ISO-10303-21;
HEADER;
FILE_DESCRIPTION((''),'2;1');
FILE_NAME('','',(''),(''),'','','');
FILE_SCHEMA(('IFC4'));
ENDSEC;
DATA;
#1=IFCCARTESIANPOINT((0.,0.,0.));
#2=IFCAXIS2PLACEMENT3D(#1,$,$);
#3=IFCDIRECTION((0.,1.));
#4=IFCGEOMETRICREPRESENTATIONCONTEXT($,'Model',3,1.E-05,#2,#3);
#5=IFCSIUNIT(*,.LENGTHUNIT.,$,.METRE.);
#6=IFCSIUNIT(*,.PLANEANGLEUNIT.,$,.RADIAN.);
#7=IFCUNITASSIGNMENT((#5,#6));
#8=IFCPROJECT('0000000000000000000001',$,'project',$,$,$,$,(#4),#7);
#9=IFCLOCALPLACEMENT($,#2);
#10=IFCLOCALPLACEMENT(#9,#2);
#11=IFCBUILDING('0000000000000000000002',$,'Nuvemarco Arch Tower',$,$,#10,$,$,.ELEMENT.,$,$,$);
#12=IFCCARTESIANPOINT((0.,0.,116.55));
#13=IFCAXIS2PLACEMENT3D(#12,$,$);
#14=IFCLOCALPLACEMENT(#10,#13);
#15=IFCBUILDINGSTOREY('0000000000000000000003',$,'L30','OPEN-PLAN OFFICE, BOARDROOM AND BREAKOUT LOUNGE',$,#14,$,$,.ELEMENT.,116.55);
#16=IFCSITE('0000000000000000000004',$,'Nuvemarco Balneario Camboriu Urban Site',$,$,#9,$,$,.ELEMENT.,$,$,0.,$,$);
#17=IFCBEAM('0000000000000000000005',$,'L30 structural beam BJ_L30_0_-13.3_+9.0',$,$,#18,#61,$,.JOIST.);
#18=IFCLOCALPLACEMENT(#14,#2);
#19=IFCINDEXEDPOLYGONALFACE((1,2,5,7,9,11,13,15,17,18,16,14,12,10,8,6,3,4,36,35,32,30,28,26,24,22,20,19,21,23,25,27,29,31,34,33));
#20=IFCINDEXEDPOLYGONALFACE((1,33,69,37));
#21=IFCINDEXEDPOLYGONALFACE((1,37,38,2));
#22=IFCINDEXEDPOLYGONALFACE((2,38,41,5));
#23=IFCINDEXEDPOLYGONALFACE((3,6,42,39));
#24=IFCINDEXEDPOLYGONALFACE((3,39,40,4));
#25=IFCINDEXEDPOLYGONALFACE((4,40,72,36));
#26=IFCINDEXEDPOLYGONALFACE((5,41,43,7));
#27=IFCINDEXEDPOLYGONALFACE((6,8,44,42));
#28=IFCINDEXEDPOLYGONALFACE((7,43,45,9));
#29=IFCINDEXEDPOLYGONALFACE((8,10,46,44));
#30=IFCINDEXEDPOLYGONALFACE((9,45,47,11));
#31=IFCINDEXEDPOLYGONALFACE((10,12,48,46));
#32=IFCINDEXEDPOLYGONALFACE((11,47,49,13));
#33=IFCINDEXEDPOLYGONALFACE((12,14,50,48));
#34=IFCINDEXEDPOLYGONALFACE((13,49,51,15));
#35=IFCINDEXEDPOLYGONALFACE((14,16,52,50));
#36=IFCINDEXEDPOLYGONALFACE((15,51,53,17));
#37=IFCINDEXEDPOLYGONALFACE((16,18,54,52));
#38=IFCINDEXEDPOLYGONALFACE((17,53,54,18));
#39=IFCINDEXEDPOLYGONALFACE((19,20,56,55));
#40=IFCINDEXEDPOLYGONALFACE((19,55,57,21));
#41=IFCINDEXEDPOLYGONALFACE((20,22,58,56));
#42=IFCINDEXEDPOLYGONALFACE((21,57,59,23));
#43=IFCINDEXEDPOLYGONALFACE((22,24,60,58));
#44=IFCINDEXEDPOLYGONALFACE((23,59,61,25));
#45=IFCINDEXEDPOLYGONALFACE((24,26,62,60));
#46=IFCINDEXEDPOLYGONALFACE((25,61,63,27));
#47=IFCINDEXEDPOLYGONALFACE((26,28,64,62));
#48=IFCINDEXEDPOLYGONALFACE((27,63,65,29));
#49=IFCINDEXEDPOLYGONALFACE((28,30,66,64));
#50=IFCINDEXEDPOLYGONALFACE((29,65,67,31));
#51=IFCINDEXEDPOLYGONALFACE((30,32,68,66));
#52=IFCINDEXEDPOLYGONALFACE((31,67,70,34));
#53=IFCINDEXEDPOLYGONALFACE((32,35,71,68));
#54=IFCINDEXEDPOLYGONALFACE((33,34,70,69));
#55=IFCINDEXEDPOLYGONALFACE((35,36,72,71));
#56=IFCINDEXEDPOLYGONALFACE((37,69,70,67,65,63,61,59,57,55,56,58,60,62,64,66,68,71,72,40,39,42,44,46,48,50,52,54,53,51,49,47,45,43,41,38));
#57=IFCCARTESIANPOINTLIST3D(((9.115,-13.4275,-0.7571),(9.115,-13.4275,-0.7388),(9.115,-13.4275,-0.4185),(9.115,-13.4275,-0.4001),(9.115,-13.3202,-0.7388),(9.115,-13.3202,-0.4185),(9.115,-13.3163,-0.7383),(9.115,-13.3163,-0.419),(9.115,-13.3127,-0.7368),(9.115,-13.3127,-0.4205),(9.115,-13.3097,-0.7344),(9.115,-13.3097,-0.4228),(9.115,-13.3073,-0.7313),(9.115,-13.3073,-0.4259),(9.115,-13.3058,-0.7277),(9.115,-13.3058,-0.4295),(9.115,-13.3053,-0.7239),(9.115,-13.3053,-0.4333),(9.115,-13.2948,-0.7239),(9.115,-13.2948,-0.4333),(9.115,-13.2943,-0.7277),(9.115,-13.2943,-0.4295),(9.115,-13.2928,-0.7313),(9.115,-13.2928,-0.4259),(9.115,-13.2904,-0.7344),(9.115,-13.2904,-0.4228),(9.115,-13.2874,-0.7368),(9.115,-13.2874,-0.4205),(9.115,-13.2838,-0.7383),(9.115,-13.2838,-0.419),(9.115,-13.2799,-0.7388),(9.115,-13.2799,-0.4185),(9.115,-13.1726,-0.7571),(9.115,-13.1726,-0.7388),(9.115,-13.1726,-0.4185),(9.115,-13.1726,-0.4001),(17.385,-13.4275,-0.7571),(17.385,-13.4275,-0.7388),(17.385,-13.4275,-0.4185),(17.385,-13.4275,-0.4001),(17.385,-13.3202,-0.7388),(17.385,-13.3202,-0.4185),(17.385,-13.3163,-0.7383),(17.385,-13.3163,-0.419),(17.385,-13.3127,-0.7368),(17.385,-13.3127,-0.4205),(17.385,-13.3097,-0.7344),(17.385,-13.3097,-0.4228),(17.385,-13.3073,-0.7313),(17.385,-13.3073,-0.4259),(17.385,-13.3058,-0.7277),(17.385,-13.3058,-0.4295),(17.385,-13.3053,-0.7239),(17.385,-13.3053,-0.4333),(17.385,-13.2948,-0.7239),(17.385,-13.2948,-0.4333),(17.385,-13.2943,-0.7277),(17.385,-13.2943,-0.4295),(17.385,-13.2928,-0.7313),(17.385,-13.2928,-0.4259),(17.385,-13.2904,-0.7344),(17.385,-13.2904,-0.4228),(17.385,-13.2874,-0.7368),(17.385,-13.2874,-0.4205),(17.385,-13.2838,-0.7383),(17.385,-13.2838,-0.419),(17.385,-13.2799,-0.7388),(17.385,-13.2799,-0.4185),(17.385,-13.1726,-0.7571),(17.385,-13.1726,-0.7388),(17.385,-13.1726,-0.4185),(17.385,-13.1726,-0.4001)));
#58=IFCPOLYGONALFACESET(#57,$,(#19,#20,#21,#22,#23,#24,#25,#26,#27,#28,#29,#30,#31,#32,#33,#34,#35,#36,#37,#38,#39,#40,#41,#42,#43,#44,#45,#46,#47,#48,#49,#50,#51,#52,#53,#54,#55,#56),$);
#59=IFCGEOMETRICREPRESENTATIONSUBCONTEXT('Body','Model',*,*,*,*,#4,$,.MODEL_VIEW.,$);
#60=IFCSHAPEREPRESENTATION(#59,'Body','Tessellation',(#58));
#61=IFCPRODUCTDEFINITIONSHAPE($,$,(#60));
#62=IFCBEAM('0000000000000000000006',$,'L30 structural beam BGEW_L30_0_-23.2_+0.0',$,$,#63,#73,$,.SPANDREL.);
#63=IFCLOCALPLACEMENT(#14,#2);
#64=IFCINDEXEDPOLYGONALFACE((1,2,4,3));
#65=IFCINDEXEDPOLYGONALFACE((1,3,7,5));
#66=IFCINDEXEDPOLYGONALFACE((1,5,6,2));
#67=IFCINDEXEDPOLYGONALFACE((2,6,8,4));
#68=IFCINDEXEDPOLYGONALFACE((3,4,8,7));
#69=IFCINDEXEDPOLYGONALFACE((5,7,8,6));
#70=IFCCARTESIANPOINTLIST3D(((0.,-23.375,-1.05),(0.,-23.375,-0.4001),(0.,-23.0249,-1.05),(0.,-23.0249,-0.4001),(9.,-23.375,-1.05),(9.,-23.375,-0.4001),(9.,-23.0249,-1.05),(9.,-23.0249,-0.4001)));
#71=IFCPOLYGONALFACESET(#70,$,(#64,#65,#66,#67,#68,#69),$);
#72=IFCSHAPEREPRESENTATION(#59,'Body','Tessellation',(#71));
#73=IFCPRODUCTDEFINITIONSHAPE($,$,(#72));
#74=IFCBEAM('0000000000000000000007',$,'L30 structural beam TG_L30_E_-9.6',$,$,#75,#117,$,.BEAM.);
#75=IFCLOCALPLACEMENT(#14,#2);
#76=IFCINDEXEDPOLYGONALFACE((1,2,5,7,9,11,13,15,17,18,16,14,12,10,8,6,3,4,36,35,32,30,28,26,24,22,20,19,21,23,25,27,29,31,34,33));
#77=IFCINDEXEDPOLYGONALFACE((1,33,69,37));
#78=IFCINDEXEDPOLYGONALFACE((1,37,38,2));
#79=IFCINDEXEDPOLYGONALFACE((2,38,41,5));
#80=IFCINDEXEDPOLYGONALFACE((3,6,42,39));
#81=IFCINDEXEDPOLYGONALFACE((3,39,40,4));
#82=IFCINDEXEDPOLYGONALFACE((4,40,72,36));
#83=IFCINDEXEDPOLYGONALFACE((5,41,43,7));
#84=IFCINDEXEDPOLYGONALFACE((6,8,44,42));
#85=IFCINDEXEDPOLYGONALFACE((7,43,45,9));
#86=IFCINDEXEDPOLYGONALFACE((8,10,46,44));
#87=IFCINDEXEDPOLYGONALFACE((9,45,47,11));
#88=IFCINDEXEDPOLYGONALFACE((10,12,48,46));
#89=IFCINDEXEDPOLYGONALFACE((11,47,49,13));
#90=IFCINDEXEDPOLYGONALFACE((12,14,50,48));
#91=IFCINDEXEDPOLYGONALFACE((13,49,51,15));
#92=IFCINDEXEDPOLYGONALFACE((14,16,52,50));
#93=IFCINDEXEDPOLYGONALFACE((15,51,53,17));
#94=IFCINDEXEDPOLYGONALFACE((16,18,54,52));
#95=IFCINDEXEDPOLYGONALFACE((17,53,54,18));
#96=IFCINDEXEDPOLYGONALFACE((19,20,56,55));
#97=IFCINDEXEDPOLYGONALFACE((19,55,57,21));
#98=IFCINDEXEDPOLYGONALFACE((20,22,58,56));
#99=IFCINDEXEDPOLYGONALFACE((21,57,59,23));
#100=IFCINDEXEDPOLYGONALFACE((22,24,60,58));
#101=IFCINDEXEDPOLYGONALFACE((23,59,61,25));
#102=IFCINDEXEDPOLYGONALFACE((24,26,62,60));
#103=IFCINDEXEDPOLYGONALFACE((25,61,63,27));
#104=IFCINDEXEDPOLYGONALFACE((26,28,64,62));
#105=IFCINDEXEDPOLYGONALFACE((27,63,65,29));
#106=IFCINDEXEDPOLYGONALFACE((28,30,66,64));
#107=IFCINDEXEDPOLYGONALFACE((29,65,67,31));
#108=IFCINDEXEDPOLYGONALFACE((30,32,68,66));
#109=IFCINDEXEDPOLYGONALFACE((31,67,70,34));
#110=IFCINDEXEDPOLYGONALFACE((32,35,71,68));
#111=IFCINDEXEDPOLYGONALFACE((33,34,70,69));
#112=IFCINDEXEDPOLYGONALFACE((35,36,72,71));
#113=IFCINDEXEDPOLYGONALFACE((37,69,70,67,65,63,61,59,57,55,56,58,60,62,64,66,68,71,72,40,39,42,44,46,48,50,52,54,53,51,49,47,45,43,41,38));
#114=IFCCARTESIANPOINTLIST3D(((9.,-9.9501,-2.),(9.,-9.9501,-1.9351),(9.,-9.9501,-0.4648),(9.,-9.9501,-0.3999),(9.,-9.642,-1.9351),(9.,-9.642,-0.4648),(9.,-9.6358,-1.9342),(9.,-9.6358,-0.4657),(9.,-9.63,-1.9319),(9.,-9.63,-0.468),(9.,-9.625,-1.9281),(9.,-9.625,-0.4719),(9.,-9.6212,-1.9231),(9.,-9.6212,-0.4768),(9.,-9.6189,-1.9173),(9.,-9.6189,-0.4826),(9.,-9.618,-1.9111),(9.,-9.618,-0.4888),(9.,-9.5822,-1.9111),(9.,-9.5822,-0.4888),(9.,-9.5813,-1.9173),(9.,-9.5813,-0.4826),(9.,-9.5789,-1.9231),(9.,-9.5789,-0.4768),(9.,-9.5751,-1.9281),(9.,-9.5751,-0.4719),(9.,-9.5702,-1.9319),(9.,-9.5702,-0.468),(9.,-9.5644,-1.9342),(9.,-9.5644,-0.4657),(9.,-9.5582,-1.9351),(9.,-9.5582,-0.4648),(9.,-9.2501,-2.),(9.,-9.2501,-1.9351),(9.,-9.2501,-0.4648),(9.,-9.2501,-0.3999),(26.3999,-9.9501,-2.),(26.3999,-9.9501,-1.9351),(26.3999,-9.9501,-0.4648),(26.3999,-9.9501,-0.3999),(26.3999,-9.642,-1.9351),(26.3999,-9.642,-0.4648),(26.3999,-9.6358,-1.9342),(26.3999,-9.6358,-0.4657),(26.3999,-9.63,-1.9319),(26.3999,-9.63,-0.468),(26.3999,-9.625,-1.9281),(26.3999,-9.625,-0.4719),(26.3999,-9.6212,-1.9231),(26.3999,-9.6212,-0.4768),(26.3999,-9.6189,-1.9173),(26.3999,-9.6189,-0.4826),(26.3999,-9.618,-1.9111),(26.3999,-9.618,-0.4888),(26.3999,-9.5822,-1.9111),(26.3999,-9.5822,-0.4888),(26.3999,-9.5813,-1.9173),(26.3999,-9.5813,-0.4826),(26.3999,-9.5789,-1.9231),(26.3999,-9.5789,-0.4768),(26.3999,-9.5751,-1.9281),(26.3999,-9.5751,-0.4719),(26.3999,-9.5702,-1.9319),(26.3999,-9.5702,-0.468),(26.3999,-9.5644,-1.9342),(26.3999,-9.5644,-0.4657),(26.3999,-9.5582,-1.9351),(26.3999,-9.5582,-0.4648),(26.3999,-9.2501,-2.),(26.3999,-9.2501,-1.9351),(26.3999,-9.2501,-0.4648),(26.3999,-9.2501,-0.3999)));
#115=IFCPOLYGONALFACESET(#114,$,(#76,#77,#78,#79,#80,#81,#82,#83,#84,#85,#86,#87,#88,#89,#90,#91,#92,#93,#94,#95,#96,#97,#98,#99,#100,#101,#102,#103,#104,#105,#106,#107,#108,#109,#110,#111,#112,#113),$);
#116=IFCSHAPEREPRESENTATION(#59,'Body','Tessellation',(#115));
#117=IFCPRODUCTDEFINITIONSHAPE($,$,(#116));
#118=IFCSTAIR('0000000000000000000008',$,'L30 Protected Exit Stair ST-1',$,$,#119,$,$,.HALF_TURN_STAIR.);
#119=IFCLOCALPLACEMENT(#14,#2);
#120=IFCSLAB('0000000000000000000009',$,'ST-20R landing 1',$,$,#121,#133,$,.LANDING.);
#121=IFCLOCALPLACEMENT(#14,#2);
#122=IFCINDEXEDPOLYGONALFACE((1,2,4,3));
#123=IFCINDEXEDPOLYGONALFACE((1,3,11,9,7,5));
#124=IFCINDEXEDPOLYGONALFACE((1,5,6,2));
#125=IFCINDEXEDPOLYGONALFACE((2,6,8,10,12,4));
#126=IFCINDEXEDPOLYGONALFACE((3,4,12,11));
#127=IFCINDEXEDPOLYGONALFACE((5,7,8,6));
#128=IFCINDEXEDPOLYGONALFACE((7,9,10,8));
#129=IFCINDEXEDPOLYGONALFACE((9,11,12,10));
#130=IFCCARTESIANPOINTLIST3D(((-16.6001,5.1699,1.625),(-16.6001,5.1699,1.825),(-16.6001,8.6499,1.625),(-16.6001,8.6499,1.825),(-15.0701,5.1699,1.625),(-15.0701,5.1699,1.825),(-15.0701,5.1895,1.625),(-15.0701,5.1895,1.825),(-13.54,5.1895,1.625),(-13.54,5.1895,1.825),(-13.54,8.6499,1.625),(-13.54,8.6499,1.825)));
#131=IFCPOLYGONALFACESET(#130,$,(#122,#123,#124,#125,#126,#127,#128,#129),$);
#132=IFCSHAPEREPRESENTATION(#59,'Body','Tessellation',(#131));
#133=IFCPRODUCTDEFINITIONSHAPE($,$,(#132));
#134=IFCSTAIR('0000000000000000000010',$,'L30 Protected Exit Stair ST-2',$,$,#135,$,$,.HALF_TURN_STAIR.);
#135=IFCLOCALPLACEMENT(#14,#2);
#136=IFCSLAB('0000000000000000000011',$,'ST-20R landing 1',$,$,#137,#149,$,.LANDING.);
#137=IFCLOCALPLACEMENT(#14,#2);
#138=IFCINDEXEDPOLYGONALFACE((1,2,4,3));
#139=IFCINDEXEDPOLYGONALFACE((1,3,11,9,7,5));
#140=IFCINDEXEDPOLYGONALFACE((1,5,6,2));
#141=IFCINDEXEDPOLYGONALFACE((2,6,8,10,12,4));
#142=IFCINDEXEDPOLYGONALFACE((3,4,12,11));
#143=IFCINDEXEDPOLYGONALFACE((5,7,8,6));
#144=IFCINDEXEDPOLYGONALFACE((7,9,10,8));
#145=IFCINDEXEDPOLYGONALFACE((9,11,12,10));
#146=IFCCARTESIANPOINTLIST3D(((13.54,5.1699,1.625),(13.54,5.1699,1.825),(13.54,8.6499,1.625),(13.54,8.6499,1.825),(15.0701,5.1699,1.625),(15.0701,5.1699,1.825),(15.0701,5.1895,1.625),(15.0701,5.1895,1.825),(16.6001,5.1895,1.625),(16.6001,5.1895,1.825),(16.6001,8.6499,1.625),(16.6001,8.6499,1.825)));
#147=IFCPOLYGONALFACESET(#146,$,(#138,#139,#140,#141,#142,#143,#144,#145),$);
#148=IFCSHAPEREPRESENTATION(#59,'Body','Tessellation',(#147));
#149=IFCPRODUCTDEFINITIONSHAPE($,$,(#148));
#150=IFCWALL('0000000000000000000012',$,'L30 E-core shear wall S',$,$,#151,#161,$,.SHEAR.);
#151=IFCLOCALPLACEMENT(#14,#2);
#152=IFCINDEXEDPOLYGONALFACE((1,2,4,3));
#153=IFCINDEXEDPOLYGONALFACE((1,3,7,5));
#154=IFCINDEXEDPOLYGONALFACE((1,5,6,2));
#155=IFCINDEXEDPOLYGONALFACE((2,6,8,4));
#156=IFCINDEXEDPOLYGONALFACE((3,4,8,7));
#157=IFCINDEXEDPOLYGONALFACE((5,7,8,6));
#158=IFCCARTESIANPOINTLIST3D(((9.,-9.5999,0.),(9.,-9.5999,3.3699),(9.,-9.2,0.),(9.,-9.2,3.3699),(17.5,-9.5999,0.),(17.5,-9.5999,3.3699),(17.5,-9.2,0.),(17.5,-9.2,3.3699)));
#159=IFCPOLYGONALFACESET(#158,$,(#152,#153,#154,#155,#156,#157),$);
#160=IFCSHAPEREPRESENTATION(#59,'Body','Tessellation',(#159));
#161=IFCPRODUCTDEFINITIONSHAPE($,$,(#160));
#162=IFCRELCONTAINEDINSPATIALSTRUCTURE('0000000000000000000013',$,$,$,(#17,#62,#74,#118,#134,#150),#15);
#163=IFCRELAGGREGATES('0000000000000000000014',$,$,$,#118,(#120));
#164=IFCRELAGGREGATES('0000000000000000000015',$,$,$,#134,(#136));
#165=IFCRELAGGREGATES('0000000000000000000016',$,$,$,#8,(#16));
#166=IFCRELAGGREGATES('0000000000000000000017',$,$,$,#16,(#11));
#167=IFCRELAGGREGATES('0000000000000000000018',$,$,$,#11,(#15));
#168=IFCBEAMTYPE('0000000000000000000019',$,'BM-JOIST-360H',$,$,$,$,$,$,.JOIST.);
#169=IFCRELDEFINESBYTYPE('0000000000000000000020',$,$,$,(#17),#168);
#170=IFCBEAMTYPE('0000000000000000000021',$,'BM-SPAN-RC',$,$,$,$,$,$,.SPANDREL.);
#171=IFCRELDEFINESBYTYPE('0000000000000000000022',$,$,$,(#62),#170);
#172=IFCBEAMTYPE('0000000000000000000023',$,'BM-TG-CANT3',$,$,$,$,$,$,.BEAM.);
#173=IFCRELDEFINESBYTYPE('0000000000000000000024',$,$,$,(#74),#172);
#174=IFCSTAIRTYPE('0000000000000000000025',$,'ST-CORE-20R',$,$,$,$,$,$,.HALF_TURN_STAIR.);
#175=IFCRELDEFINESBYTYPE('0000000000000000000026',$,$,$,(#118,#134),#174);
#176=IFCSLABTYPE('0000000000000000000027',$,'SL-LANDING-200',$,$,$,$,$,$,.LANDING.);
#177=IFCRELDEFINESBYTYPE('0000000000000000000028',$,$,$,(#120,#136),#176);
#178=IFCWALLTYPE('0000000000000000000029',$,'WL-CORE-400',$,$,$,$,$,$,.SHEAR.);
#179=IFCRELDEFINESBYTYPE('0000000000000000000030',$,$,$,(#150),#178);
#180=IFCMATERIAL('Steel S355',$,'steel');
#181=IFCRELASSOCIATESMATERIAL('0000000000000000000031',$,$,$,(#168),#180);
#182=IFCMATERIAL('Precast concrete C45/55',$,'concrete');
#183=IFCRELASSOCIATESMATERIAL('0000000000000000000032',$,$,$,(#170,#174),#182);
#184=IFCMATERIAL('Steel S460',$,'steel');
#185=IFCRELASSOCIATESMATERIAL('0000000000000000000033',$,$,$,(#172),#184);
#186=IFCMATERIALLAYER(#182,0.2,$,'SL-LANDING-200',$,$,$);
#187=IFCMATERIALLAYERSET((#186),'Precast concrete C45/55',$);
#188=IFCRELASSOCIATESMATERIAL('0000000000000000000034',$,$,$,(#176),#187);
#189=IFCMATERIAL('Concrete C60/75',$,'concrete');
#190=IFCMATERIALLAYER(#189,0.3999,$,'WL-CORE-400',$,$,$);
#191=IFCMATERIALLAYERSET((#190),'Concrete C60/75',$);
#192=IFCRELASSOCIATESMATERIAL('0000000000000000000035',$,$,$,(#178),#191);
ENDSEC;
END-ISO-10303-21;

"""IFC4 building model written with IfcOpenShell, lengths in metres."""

from ifc_helpers import new_model, si_unit, direction, frame, frame_2d, origin, origin_2d, place, context, subcontext, project, spatial, polyline, rectangle, i_section, outline, extrude, material, layer, layer_set, material_profile, profile_set, type_object, element, aggregate, save


model = new_model("IFC4")

# Units and contexts
model_context = context("Model", 3, precision=1e-05, world=origin(), true_north=direction((0.0, 1.0)))
body_context = subcontext(model_context, "Body", "Model", "MODEL_VIEW")
ifc_project = project(units=[si_unit("LENGTHUNIT", "METRE"), si_unit("PLANEANGLEUNIT", "RADIAN")], contexts=[model_context])

# Site, building, storey
site_placement = place(None, origin())
site = spatial("IfcSite", under=ifc_project, at=site_placement, Name="Nuvemarco Balneario Camboriu Urban Site", CompositionType="ELEMENT", RefElevation=0.0)
building_placement = place(site_placement, origin())
building = spatial("IfcBuilding", under=site, at=building_placement, Name="Nuvemarco Arch Tower", CompositionType="ELEMENT")
storey_placement = place(building_placement, frame((0.0, 0.0, 116.55)))
storey = spatial("IfcBuildingStorey", under=building, at=storey_placement, Name="L30", Description="OPEN-PLAN OFFICE, BOARDROOM AND BREAKOUT LOUNGE", CompositionType="ELEMENT", Elevation=116.55)

# Shared definitions
ifc_material_1 = material(Name="Concrete C60/75", Category="concrete")
ifc_material_2 = material(Name="Steel S355", Category="steel")

# Beams
ifc_material_profile_1 = material_profile(ifc_material_2, i_section(OverallWidth=0.2549, OverallDepth=0.3569, WebThickness=0.0105, FlangeThickness=0.0183, FilletRadius=0.0149, at=origin_2d()), Name="W360x101")
ifc_profile_set_1 = profile_set([ifc_material_profile_1], Name="Steel S355")
beam_type_1 = type_object("IfcBeamType", Name="BM-JOIST-360H", PredefinedType="JOIST", material=ifc_profile_set_1)
beam_1_placement = place(storey_placement, frame((9.115, -13.3, -0.5786), z_axis=(1.0, 0.0, 0.0), x_axis=(0.0, 1.0, 0.0)))
element("IfcBeam", 1, at=beam_1_placement, inside=storey, type_object=beam_type_1, Name="L30 structural beam BJ_L30_0_-13.3_+9.0", PredefinedType="JOIST", context=body_context, shape_type="SweptSolid", body=[
    extrude(i_section(OverallWidth=0.2549, OverallDepth=0.3569, WebThickness=0.0105, FlangeThickness=0.0183, FilletRadius=0.0149, at=origin_2d()), origin(), (0.0, 0.0, 1.0), 8.27),
])
ifc_material_3 = material(Name="Precast concrete C45/55", Category="concrete")
ifc_material_profile_2 = material_profile(ifc_material_3, rectangle(XDim=0.3501, YDim=0.6499, at=origin_2d()), Name="PC-SP-350x650")
ifc_profile_set_2 = profile_set([ifc_material_profile_2], Name="Precast concrete C45/55")
beam_type_2 = type_object("IfcBeamType", Name="BM-SPAN-RC", PredefinedType="SPANDREL", material=ifc_profile_set_2)
beam_2_placement = place(storey_placement, frame((0.0, -23.2, -0.7251), z_axis=(1.0, 0.0, 0.0), x_axis=(0.0, 1.0, 0.0)))
element("IfcBeam", 2, at=beam_2_placement, inside=storey, type_object=beam_type_2, Name="L30 structural beam BGEW_L30_0_-23.2_+0.0", PredefinedType="SPANDREL", context=body_context, shape_type="SweptSolid", body=[
    extrude(rectangle(XDim=0.3501, YDim=0.6499, at=origin_2d()), origin(), (0.0, 0.0, 1.0), 9.0),
])
ifc_material_4 = material(Name="Steel S460", Category="steel")
ifc_material_profile_3 = material_profile(ifc_material_4, i_section(OverallWidth=0.7, OverallDepth=1.6001, WebThickness=0.0359, FlangeThickness=0.0649, FilletRadius=0.0239, at=origin_2d()), Name="PG1600x700")
ifc_profile_set_3 = profile_set([ifc_material_profile_3], Name="Steel S460")
beam_type_3 = type_object("IfcBeamType", Name="BM-TG-CANT3", PredefinedType="BEAM", material=ifc_profile_set_3)
beam_3_placement = place(storey_placement, frame((9.0, -9.6001, -1.2), z_axis=(1.0, 0.0, 0.0), x_axis=(0.0, 1.0, 0.0)))
element("IfcBeam", 3, at=beam_3_placement, inside=storey, type_object=beam_type_3, Name="L30 structural beam TG_L30_E_-9.6", PredefinedType="BEAM", context=body_context, shape_type="SweptSolid", body=[
    extrude(i_section(OverallWidth=0.7, OverallDepth=1.6001, WebThickness=0.0359, FlangeThickness=0.0649, FilletRadius=0.0239, at=origin_2d()), origin(), (0.0, 0.0, 1.0), 17.3999),
])

# Stairs, slabs
stair_type = type_object("IfcStairType", Name="ST-CORE-20R", PredefinedType="HALF_TURN_STAIR", material=ifc_material_3)
stair_1_placement = place(storey_placement, origin())
stair_1 = element("IfcStair", 4, at=stair_1_placement, inside=storey, type_object=stair_type, Name="L30 Protected Exit Stair ST-1", PredefinedType="HALF_TURN_STAIR")
ifc_layer_1 = layer(ifc_material_3, 0.2, Name="SL-LANDING-200")
ifc_layer_set_1 = layer_set([ifc_layer_1], Name="Precast concrete C45/55")
slab_type = type_object("IfcSlabType", Name="SL-LANDING-200", PredefinedType="LANDING", material=ifc_layer_set_1)
slab_1_placement = place(storey_placement, frame((0.0, 0.0, 1.625)))
slab_1 = element("IfcSlab", 5, at=slab_1_placement, type_object=slab_type, Name="ST-20R landing 1", PredefinedType="LANDING", context=body_context, shape_type="SweptSolid", body=[
    extrude(outline(polyline([(-13.54, 5.1895), (-13.54, 8.6499), (-16.6001, 8.6499), (-16.6001, 5.1699), (-15.0701, 5.1699), (-15.0701, 5.1895), (-13.54, 5.1895)])), origin(), (0.0, 0.0, 1.0), 0.2),
])
aggregate(stair_1, [slab_1])
stair_2_placement = place(storey_placement, origin())
stair_2 = element("IfcStair", 6, at=stair_2_placement, inside=storey, type_object=stair_type, Name="L30 Protected Exit Stair ST-2", PredefinedType="HALF_TURN_STAIR")
slab_2_placement = place(storey_placement, frame((0.0, 0.0, 1.625)))
slab_2 = element("IfcSlab", 7, at=slab_2_placement, type_object=slab_type, Name="ST-20R landing 1", PredefinedType="LANDING", context=body_context, shape_type="SweptSolid", body=[
    extrude(outline(polyline([(16.6001, 5.1895), (16.6001, 8.6499), (13.54, 8.6499), (13.54, 5.1699), (15.0701, 5.1699), (15.0701, 5.1895), (16.6001, 5.1895)])), origin(), (0.0, 0.0, 1.0), 0.2),
])
aggregate(stair_2, [slab_2])

# Wall
ifc_layer_2 = layer(ifc_material_1, 0.3999, Name="WL-CORE-400")
ifc_layer_set_2 = layer_set([ifc_layer_2], Name="Concrete C60/75")
wall_type_1 = type_object("IfcWallType", Name="WL-CORE-400", PredefinedType="SHEAR", material=ifc_layer_set_2)
wall_1_placement = place(storey_placement, frame((9.0, -9.3999, 0.0), z_axis=(0.0, 0.0, 1.0), x_axis=(1.0, 0.0, 0.0)))
element("IfcWall", 8, at=wall_1_placement, inside=storey, type_object=wall_type_1, Name="L30 E-core shear wall S", PredefinedType="SHEAR", context=body_context, shape_type="SweptSolid", body=[
    extrude(rectangle(XDim=8.5, YDim=0.3999, at=frame_2d((4.25, 0.0))), origin(), (0.0, 0.0, 1.0), 3.3699),
])

save(model, "model.ifc")
